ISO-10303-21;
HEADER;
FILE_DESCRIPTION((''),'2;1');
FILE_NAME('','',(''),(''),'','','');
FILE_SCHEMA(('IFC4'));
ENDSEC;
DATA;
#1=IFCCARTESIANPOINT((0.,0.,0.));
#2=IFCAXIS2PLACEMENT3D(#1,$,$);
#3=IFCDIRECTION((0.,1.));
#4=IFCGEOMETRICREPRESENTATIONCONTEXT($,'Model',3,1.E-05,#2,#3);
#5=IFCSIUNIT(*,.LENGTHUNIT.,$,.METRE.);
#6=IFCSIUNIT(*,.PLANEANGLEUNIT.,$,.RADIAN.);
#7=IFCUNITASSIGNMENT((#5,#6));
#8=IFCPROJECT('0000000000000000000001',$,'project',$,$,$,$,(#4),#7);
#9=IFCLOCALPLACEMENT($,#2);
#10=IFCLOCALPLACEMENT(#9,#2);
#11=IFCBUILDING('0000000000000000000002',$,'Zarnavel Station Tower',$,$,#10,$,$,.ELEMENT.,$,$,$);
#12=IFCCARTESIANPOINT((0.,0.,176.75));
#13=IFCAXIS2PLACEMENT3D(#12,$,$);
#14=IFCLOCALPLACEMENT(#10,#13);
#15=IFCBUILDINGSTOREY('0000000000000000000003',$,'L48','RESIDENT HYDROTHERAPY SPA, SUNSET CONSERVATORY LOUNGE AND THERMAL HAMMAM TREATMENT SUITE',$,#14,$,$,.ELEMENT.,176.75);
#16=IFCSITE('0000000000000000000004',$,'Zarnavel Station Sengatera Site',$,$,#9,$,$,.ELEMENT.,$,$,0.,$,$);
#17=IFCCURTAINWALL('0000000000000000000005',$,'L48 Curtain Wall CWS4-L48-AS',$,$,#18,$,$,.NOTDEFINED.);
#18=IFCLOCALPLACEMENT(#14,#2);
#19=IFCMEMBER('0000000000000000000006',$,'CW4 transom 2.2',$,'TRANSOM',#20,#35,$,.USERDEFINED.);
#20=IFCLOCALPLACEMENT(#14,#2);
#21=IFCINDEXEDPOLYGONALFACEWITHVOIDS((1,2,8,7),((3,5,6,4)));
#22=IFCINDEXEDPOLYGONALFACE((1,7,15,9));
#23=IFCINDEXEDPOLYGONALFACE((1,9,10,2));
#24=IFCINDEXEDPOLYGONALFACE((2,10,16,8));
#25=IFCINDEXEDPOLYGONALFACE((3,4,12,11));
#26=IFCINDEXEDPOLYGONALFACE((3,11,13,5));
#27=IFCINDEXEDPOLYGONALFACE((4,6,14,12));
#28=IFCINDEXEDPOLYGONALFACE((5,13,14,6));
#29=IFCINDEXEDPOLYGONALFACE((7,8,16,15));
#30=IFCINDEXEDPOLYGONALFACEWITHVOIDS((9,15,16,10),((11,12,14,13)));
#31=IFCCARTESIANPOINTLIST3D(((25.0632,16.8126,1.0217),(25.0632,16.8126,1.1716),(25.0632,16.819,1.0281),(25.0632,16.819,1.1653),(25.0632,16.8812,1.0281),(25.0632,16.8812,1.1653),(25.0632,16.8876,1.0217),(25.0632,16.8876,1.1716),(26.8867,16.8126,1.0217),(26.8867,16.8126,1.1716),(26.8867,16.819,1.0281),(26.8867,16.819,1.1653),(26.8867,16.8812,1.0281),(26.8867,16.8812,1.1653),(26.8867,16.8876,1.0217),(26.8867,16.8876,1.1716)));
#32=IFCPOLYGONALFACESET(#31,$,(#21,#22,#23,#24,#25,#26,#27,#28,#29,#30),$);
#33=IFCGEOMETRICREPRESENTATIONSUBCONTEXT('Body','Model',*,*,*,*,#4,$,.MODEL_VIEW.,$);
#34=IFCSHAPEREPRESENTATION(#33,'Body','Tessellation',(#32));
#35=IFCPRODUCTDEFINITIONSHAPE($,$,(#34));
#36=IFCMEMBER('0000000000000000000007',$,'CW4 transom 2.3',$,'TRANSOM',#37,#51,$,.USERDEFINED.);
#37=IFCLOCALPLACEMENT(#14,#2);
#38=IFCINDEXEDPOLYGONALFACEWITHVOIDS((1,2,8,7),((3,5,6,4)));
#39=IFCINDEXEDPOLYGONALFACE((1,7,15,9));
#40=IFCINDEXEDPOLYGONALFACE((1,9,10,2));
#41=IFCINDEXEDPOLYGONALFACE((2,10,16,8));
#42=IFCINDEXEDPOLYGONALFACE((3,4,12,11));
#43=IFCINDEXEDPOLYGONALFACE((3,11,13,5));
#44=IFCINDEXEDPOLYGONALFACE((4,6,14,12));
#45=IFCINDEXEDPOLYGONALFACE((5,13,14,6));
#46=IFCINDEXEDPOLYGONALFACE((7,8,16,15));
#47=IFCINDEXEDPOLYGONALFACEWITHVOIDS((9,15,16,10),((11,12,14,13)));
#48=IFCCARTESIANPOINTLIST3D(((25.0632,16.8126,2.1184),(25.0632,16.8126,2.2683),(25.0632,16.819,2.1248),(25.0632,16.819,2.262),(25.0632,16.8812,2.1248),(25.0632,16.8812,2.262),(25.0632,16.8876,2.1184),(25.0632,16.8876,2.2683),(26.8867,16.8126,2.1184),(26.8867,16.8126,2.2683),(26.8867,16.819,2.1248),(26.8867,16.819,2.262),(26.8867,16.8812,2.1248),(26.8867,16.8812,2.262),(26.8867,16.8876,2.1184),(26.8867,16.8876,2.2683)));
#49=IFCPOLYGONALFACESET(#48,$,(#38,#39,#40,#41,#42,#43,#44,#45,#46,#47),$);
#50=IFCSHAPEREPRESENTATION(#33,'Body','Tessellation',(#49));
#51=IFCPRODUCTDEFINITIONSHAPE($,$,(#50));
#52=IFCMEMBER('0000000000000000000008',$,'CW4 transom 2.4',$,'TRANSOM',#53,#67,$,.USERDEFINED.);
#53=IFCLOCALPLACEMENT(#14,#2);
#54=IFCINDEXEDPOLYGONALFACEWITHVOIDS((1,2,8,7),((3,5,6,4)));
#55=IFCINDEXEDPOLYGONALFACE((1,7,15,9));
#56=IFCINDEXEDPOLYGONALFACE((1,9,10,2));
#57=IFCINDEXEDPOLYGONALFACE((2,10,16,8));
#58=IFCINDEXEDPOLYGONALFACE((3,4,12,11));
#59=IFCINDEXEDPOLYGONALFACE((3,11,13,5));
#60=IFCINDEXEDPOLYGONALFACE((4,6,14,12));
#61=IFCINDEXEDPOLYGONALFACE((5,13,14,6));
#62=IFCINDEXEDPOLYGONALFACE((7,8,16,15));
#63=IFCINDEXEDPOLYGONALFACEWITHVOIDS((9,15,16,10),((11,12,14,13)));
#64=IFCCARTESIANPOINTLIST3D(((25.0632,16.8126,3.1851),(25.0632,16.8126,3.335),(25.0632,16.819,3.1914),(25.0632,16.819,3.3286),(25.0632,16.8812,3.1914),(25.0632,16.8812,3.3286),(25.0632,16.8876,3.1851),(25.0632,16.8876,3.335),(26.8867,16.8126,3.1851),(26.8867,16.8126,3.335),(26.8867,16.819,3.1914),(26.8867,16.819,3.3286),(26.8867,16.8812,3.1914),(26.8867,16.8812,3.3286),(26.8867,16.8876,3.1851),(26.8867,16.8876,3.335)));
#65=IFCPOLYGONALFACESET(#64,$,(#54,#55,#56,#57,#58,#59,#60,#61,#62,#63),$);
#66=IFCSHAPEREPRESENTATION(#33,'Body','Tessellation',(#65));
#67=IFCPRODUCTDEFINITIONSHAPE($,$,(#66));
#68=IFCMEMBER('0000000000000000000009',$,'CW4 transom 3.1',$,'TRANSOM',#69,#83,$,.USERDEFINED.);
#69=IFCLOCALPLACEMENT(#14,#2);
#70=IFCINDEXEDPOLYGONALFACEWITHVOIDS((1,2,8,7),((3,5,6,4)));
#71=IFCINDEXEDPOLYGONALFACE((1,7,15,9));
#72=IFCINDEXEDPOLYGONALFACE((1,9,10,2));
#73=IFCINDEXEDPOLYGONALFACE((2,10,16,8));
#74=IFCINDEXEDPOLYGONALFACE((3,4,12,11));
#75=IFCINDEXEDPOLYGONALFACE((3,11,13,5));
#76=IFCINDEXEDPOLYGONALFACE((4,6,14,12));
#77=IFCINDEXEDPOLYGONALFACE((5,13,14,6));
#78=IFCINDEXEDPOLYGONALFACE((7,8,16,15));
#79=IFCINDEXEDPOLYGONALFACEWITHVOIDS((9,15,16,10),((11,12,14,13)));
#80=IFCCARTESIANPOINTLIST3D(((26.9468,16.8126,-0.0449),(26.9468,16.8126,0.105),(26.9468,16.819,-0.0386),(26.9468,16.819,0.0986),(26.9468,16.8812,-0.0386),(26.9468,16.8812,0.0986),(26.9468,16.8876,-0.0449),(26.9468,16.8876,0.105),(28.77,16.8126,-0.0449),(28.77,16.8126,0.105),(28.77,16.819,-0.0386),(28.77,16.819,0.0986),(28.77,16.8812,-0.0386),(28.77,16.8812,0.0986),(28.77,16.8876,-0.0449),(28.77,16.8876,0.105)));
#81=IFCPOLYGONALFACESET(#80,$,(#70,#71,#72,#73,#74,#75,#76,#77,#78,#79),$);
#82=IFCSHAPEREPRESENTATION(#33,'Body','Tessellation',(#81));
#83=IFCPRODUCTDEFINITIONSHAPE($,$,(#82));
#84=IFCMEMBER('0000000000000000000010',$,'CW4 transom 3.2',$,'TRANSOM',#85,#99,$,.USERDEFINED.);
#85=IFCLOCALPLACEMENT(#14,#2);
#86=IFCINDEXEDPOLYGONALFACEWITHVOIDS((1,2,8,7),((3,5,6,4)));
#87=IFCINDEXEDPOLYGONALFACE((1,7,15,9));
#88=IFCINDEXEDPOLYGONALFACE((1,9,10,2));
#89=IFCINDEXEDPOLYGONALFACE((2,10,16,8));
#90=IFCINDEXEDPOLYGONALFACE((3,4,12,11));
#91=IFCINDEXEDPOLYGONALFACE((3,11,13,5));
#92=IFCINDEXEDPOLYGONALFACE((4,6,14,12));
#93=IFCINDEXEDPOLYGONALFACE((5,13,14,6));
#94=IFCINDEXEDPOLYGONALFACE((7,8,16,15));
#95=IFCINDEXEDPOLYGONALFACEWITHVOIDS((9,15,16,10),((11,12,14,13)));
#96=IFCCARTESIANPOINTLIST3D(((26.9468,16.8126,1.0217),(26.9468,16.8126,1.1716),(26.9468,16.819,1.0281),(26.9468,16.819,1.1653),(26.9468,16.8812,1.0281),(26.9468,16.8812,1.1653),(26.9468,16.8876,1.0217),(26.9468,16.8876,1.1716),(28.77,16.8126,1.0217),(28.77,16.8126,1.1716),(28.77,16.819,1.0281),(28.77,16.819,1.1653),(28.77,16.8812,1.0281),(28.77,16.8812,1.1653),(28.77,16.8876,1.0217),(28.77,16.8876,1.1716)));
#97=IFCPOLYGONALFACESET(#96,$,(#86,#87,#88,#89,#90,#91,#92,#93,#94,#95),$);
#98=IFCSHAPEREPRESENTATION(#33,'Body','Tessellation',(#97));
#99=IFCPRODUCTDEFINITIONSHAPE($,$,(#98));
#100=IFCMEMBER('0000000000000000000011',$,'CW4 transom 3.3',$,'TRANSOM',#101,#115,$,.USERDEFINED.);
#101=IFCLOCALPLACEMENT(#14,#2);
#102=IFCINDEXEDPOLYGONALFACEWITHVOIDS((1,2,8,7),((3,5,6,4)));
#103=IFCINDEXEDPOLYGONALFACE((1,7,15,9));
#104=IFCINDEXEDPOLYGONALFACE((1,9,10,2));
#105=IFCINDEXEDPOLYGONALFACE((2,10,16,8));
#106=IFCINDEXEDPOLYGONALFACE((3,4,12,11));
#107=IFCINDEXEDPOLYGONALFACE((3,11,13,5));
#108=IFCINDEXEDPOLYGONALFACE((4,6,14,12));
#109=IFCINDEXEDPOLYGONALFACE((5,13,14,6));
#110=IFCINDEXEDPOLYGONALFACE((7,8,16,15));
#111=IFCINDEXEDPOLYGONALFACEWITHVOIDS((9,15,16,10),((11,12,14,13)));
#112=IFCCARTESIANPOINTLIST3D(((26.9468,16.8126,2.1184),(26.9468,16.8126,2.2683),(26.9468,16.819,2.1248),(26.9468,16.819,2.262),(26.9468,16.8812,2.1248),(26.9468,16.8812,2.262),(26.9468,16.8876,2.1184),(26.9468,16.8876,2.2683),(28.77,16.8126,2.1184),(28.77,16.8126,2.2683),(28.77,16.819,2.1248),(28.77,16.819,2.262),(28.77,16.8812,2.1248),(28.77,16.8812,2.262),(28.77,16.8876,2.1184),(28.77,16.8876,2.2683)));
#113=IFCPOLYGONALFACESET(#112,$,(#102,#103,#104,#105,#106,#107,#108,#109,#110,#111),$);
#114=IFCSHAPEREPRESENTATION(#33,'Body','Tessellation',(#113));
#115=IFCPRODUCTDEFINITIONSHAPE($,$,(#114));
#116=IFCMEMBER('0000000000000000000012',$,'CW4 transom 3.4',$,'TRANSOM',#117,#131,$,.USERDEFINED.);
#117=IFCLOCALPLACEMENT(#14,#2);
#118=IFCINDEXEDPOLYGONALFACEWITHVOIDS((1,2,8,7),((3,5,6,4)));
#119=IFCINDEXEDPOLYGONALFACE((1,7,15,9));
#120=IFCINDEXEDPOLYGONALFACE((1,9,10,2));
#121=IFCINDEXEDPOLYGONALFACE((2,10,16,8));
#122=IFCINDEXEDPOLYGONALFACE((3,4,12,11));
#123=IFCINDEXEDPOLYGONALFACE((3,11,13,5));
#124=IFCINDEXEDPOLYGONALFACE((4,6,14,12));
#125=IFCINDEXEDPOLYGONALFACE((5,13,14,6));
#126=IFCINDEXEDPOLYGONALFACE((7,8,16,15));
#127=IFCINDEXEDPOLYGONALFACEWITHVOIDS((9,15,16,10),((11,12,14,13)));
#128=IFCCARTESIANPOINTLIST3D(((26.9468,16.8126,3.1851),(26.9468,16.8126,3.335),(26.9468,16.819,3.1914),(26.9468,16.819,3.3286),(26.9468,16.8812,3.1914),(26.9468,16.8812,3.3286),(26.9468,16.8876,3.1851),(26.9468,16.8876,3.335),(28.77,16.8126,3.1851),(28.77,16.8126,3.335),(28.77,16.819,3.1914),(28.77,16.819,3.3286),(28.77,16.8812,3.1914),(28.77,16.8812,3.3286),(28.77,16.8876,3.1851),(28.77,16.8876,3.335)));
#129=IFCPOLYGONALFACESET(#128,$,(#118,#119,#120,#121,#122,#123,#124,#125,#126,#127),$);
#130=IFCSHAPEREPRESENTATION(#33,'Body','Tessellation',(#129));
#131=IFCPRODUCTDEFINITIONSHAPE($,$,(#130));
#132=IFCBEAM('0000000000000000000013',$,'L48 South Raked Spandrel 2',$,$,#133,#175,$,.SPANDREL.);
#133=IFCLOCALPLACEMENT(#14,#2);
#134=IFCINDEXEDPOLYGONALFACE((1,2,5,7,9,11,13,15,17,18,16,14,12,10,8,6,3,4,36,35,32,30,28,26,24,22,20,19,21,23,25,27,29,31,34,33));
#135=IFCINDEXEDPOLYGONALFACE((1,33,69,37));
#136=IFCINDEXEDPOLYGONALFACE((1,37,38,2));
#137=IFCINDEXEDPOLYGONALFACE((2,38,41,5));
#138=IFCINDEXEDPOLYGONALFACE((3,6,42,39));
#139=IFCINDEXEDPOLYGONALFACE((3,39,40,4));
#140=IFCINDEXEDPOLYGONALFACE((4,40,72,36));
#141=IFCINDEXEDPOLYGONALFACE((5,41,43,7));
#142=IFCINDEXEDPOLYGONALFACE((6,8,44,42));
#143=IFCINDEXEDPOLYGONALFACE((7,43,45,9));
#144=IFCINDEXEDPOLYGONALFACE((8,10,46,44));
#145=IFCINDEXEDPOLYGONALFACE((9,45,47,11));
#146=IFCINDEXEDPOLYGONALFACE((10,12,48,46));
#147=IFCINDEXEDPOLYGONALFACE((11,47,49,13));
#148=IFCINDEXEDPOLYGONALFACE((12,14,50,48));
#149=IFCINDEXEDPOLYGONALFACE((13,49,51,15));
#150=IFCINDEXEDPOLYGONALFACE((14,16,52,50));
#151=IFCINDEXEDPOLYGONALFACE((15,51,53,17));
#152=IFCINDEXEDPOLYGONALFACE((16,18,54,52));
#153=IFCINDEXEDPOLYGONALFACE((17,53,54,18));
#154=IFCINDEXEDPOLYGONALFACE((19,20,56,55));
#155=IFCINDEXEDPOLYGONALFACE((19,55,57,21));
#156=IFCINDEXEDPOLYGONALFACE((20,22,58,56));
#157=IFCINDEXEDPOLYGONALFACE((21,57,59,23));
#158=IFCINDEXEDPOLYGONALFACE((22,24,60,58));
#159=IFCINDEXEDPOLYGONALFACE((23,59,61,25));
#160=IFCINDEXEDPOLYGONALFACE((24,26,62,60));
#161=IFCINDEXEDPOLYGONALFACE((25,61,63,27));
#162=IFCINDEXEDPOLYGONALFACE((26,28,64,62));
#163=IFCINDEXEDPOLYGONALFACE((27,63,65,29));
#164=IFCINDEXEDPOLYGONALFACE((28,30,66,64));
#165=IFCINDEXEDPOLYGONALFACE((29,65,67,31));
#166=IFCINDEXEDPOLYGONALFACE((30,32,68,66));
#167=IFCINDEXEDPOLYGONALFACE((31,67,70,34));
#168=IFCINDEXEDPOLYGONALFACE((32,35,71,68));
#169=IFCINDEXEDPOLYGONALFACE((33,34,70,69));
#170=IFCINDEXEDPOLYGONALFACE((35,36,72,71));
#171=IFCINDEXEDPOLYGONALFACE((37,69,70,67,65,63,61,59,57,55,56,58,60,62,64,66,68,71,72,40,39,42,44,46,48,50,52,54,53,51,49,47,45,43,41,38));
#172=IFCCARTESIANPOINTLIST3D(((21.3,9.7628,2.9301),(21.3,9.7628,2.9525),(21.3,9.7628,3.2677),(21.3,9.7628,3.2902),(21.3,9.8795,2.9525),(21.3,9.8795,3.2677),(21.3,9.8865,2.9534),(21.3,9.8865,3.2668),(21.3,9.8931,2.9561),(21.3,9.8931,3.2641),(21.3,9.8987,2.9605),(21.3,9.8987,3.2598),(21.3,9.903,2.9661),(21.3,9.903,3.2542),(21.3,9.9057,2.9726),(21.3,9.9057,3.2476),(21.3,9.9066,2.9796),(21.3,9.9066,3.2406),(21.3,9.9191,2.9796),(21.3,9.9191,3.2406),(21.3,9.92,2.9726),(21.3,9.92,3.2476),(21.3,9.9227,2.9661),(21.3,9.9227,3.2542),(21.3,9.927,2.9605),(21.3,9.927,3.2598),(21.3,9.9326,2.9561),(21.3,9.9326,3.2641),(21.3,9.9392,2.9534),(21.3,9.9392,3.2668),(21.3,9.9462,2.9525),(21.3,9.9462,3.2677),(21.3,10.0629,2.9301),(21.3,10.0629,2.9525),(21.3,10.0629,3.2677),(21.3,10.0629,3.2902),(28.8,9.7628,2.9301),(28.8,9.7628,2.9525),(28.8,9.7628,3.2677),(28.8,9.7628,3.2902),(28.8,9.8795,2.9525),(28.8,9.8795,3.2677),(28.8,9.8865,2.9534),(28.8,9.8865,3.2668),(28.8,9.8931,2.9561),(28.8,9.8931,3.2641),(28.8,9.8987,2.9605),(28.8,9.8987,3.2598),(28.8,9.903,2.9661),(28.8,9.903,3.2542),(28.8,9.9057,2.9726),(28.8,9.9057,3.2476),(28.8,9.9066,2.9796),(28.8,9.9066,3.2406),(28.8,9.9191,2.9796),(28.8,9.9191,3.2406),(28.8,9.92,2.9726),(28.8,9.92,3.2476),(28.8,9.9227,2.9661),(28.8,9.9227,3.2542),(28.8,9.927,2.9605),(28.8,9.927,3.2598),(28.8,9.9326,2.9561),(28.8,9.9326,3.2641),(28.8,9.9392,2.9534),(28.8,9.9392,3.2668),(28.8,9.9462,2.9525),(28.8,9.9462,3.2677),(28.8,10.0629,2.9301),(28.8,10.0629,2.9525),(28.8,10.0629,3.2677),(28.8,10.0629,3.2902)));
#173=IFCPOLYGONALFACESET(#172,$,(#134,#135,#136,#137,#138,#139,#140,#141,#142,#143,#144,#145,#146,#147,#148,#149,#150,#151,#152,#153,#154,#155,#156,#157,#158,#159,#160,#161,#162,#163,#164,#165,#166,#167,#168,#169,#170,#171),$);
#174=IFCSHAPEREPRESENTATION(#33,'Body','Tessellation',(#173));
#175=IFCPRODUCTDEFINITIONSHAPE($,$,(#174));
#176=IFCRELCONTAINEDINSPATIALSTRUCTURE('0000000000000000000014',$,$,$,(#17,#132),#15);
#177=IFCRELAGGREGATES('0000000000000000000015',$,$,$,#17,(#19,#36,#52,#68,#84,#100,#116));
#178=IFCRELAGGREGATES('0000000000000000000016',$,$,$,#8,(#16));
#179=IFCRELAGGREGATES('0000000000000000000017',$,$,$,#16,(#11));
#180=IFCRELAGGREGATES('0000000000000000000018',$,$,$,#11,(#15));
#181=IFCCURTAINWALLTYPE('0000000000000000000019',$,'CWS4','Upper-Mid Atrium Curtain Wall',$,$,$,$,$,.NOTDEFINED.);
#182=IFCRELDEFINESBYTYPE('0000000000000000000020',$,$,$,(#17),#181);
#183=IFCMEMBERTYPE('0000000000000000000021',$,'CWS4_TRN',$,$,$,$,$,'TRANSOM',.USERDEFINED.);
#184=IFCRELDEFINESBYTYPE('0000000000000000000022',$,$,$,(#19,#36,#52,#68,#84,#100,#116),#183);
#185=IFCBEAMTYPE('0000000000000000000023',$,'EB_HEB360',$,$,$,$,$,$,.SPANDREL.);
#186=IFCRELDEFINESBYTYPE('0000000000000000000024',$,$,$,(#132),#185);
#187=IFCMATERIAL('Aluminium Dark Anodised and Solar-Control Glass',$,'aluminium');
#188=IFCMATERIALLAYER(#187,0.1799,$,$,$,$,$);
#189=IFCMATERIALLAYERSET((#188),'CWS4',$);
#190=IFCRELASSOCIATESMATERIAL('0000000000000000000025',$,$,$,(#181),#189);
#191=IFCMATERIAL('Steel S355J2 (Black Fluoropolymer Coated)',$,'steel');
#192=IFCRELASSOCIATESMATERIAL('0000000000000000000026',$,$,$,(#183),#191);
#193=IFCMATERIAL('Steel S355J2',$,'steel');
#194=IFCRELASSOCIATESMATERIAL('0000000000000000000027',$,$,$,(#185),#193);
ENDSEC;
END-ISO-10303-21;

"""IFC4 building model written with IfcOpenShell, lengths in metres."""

from ifc_helpers import new_model, si_unit, direction, frame, origin, origin_2d, place, context, subcontext, project, spatial, hollow_rectangle, i_section, extrude, material, layer, layer_set, material_profile, profile_set, type_object, element, aggregate, save


model = new_model("IFC4")

# Units and contexts
model_context = context("Model", 3, precision=1e-05, world=origin(), true_north=direction((0.0, 1.0)))
body_context = subcontext(model_context, "Body", "Model", "MODEL_VIEW")
ifc_project = project(units=[si_unit("LENGTHUNIT", "METRE"), si_unit("PLANEANGLEUNIT", "RADIAN")], contexts=[model_context])

# Site, building, storey
site_placement = place(None, origin())
site = spatial("IfcSite", under=ifc_project, at=site_placement, Name="Zarnavel Station Sengatera Site", CompositionType="ELEMENT", RefElevation=0.0)
building_placement = place(site_placement, origin())
building = spatial("IfcBuilding", under=site, at=building_placement, Name="Zarnavel Station Tower", CompositionType="ELEMENT")
storey_placement = place(building_placement, frame((0.0, 0.0, 176.75)))
storey = spatial("IfcBuildingStorey", under=building, at=storey_placement, Name="L48", Description="RESIDENT HYDROTHERAPY SPA, SUNSET CONSERVATORY LOUNGE AND THERMAL HAMMAM TREATMENT SUITE", CompositionType="ELEMENT", Elevation=176.75)

# Curtain wall, members
ifc_material_1 = material(Name="Aluminium Dark Anodised and Solar-Control Glass", Category="aluminium")
ifc_layer_1 = layer(ifc_material_1, 0.1799)
ifc_layer_set_1 = layer_set([ifc_layer_1], Name="CWS4")
curtain_wall_type = type_object("IfcCurtainWallType", Name="CWS4", Description="Upper-Mid Atrium Curtain Wall", PredefinedType="NOTDEFINED", material=ifc_layer_set_1)
curtain_wall_placement = place(storey_placement, origin())
curtain_wall = element("IfcCurtainWall", 1, at=curtain_wall_placement, inside=storey, type_object=curtain_wall_type, Name="L48 Curtain Wall CWS4-L48-AS", PredefinedType="NOTDEFINED")
ifc_material_2 = material(Name="Steel S355J2 (Black Fluoropolymer Coated)", Category="steel")
ifc_material_profile_1 = material_profile(ifc_material_2, hollow_rectangle(XDim=0.075, YDim=0.1499, WallThickness=0.0063, at=origin_2d()), Name="RHS150x75x6.3")
ifc_profile_set_1 = profile_set([ifc_material_profile_1], Name="Steel S355J2 (Black Fluoropolymer Coated)")
member_type_1 = type_object("IfcMemberType", Name="CWS4_TRN", ElementType="TRANSOM", PredefinedType="USERDEFINED", material=ifc_profile_set_1)
member_1_placement = place(storey_placement, frame((25.0632, 16.8501, 1.0967), z_axis=(1.0, 0.0, 0.0), x_axis=(0.0, 1.0, 0.0)))
member_1 = element("IfcMember", 2, at=member_1_placement, type_object=member_type_1, Name="CW4 transom 2.2", ObjectType="TRANSOM", PredefinedType="USERDEFINED", context=body_context, shape_type="SweptSolid", body=[
    extrude(hollow_rectangle(XDim=0.075, YDim=0.1499, WallThickness=0.0063, at=origin_2d()), origin(), (0.0, 0.0, 1.0), 1.8235),
])
member_2_placement = place(storey_placement, frame((25.0632, 16.8501, 2.1934), z_axis=(1.0, 0.0, 0.0), x_axis=(0.0, 1.0, 0.0)))
member_2 = element("IfcMember", 3, at=member_2_placement, type_object=member_type_1, Name="CW4 transom 2.3", ObjectType="TRANSOM", PredefinedType="USERDEFINED", context=body_context, shape_type="SweptSolid", body=[
    extrude(hollow_rectangle(XDim=0.075, YDim=0.1499, WallThickness=0.0063, at=origin_2d()), origin(), (0.0, 0.0, 1.0), 1.8235),
])
member_3_placement = place(storey_placement, frame((25.0632, 16.8501, 3.26), z_axis=(1.0, 0.0, 0.0), x_axis=(0.0, 1.0, 0.0)))
member_3 = element("IfcMember", 4, at=member_3_placement, type_object=member_type_1, Name="CW4 transom 2.4", ObjectType="TRANSOM", PredefinedType="USERDEFINED", context=body_context, shape_type="SweptSolid", body=[
    extrude(hollow_rectangle(XDim=0.075, YDim=0.1499, WallThickness=0.0063, at=origin_2d()), origin(), (0.0, 0.0, 1.0), 1.8235),
])
member_4_placement = place(storey_placement, frame((26.9468, 16.8501, 0.03), z_axis=(1.0, 0.0, 0.0), x_axis=(0.0, 1.0, 0.0)))
member_4 = element("IfcMember", 5, at=member_4_placement, type_object=member_type_1, Name="CW4 transom 3.1", ObjectType="TRANSOM", PredefinedType="USERDEFINED", context=body_context, shape_type="SweptSolid", body=[
    extrude(hollow_rectangle(XDim=0.075, YDim=0.1499, WallThickness=0.0063, at=origin_2d()), origin(), (0.0, 0.0, 1.0), 1.8232),
])
member_5_placement = place(storey_placement, frame((26.9468, 16.8501, 1.0967), z_axis=(1.0, 0.0, 0.0), x_axis=(0.0, 1.0, 0.0)))
member_5 = element("IfcMember", 6, at=member_5_placement, type_object=member_type_1, Name="CW4 transom 3.2", ObjectType="TRANSOM", PredefinedType="USERDEFINED", context=body_context, shape_type="SweptSolid", body=[
    extrude(hollow_rectangle(XDim=0.075, YDim=0.1499, WallThickness=0.0063, at=origin_2d()), origin(), (0.0, 0.0, 1.0), 1.8232),
])
member_6_placement = place(storey_placement, frame((26.9468, 16.8501, 2.1934), z_axis=(1.0, 0.0, 0.0), x_axis=(0.0, 1.0, 0.0)))
member_6 = element("IfcMember", 7, at=member_6_placement, type_object=member_type_1, Name="CW4 transom 3.3", ObjectType="TRANSOM", PredefinedType="USERDEFINED", context=body_context, shape_type="SweptSolid", body=[
    extrude(hollow_rectangle(XDim=0.075, YDim=0.1499, WallThickness=0.0063, at=origin_2d()), origin(), (0.0, 0.0, 1.0), 1.8232),
])
member_7_placement = place(storey_placement, frame((26.9468, 16.8501, 3.26), z_axis=(1.0, 0.0, 0.0), x_axis=(0.0, 1.0, 0.0)))
member_7 = element("IfcMember", 8, at=member_7_placement, type_object=member_type_1, Name="CW4 transom 3.4", ObjectType="TRANSOM", PredefinedType="USERDEFINED", context=body_context, shape_type="SweptSolid", body=[
    extrude(hollow_rectangle(XDim=0.075, YDim=0.1499, WallThickness=0.0063, at=origin_2d()), origin(), (0.0, 0.0, 1.0), 1.8232),
])

# Beam
ifc_material_3 = material(Name="Steel S355J2", Category="steel")
ifc_material_profile_2 = material_profile(ifc_material_3, i_section(OverallWidth=0.3, OverallDepth=0.3601, WebThickness=0.0125, FlangeThickness=0.0225, FilletRadius=0.0271, at=origin_2d()), Name="HEB360")
ifc_profile_set_2 = profile_set([ifc_material_profile_2], Name="Steel S355J2")
beam_type_1 = type_object("IfcBeamType", Name="EB_HEB360", PredefinedType="SPANDREL", material=ifc_profile_set_2)
beam_1_placement = place(storey_placement, frame((21.3, 9.9128, 3.1101), z_axis=(1.0, 0.0, 0.0), x_axis=(0.0, 1.0, 0.0)))
element("IfcBeam", 9, at=beam_1_placement, inside=storey, type_object=beam_type_1, Name="L48 South Raked Spandrel 2", PredefinedType="SPANDREL", context=body_context, shape_type="SweptSolid", body=[
    extrude(i_section(OverallWidth=0.3, OverallDepth=0.3601, WebThickness=0.0125, FlangeThickness=0.0225, FilletRadius=0.0271, at=origin_2d()), origin(), (0.0, 0.0, 1.0), 7.5),
])

aggregate(curtain_wall, [member_1, member_2, member_3, member_4, member_5, member_6, member_7])

save(model, "model.ifc")
